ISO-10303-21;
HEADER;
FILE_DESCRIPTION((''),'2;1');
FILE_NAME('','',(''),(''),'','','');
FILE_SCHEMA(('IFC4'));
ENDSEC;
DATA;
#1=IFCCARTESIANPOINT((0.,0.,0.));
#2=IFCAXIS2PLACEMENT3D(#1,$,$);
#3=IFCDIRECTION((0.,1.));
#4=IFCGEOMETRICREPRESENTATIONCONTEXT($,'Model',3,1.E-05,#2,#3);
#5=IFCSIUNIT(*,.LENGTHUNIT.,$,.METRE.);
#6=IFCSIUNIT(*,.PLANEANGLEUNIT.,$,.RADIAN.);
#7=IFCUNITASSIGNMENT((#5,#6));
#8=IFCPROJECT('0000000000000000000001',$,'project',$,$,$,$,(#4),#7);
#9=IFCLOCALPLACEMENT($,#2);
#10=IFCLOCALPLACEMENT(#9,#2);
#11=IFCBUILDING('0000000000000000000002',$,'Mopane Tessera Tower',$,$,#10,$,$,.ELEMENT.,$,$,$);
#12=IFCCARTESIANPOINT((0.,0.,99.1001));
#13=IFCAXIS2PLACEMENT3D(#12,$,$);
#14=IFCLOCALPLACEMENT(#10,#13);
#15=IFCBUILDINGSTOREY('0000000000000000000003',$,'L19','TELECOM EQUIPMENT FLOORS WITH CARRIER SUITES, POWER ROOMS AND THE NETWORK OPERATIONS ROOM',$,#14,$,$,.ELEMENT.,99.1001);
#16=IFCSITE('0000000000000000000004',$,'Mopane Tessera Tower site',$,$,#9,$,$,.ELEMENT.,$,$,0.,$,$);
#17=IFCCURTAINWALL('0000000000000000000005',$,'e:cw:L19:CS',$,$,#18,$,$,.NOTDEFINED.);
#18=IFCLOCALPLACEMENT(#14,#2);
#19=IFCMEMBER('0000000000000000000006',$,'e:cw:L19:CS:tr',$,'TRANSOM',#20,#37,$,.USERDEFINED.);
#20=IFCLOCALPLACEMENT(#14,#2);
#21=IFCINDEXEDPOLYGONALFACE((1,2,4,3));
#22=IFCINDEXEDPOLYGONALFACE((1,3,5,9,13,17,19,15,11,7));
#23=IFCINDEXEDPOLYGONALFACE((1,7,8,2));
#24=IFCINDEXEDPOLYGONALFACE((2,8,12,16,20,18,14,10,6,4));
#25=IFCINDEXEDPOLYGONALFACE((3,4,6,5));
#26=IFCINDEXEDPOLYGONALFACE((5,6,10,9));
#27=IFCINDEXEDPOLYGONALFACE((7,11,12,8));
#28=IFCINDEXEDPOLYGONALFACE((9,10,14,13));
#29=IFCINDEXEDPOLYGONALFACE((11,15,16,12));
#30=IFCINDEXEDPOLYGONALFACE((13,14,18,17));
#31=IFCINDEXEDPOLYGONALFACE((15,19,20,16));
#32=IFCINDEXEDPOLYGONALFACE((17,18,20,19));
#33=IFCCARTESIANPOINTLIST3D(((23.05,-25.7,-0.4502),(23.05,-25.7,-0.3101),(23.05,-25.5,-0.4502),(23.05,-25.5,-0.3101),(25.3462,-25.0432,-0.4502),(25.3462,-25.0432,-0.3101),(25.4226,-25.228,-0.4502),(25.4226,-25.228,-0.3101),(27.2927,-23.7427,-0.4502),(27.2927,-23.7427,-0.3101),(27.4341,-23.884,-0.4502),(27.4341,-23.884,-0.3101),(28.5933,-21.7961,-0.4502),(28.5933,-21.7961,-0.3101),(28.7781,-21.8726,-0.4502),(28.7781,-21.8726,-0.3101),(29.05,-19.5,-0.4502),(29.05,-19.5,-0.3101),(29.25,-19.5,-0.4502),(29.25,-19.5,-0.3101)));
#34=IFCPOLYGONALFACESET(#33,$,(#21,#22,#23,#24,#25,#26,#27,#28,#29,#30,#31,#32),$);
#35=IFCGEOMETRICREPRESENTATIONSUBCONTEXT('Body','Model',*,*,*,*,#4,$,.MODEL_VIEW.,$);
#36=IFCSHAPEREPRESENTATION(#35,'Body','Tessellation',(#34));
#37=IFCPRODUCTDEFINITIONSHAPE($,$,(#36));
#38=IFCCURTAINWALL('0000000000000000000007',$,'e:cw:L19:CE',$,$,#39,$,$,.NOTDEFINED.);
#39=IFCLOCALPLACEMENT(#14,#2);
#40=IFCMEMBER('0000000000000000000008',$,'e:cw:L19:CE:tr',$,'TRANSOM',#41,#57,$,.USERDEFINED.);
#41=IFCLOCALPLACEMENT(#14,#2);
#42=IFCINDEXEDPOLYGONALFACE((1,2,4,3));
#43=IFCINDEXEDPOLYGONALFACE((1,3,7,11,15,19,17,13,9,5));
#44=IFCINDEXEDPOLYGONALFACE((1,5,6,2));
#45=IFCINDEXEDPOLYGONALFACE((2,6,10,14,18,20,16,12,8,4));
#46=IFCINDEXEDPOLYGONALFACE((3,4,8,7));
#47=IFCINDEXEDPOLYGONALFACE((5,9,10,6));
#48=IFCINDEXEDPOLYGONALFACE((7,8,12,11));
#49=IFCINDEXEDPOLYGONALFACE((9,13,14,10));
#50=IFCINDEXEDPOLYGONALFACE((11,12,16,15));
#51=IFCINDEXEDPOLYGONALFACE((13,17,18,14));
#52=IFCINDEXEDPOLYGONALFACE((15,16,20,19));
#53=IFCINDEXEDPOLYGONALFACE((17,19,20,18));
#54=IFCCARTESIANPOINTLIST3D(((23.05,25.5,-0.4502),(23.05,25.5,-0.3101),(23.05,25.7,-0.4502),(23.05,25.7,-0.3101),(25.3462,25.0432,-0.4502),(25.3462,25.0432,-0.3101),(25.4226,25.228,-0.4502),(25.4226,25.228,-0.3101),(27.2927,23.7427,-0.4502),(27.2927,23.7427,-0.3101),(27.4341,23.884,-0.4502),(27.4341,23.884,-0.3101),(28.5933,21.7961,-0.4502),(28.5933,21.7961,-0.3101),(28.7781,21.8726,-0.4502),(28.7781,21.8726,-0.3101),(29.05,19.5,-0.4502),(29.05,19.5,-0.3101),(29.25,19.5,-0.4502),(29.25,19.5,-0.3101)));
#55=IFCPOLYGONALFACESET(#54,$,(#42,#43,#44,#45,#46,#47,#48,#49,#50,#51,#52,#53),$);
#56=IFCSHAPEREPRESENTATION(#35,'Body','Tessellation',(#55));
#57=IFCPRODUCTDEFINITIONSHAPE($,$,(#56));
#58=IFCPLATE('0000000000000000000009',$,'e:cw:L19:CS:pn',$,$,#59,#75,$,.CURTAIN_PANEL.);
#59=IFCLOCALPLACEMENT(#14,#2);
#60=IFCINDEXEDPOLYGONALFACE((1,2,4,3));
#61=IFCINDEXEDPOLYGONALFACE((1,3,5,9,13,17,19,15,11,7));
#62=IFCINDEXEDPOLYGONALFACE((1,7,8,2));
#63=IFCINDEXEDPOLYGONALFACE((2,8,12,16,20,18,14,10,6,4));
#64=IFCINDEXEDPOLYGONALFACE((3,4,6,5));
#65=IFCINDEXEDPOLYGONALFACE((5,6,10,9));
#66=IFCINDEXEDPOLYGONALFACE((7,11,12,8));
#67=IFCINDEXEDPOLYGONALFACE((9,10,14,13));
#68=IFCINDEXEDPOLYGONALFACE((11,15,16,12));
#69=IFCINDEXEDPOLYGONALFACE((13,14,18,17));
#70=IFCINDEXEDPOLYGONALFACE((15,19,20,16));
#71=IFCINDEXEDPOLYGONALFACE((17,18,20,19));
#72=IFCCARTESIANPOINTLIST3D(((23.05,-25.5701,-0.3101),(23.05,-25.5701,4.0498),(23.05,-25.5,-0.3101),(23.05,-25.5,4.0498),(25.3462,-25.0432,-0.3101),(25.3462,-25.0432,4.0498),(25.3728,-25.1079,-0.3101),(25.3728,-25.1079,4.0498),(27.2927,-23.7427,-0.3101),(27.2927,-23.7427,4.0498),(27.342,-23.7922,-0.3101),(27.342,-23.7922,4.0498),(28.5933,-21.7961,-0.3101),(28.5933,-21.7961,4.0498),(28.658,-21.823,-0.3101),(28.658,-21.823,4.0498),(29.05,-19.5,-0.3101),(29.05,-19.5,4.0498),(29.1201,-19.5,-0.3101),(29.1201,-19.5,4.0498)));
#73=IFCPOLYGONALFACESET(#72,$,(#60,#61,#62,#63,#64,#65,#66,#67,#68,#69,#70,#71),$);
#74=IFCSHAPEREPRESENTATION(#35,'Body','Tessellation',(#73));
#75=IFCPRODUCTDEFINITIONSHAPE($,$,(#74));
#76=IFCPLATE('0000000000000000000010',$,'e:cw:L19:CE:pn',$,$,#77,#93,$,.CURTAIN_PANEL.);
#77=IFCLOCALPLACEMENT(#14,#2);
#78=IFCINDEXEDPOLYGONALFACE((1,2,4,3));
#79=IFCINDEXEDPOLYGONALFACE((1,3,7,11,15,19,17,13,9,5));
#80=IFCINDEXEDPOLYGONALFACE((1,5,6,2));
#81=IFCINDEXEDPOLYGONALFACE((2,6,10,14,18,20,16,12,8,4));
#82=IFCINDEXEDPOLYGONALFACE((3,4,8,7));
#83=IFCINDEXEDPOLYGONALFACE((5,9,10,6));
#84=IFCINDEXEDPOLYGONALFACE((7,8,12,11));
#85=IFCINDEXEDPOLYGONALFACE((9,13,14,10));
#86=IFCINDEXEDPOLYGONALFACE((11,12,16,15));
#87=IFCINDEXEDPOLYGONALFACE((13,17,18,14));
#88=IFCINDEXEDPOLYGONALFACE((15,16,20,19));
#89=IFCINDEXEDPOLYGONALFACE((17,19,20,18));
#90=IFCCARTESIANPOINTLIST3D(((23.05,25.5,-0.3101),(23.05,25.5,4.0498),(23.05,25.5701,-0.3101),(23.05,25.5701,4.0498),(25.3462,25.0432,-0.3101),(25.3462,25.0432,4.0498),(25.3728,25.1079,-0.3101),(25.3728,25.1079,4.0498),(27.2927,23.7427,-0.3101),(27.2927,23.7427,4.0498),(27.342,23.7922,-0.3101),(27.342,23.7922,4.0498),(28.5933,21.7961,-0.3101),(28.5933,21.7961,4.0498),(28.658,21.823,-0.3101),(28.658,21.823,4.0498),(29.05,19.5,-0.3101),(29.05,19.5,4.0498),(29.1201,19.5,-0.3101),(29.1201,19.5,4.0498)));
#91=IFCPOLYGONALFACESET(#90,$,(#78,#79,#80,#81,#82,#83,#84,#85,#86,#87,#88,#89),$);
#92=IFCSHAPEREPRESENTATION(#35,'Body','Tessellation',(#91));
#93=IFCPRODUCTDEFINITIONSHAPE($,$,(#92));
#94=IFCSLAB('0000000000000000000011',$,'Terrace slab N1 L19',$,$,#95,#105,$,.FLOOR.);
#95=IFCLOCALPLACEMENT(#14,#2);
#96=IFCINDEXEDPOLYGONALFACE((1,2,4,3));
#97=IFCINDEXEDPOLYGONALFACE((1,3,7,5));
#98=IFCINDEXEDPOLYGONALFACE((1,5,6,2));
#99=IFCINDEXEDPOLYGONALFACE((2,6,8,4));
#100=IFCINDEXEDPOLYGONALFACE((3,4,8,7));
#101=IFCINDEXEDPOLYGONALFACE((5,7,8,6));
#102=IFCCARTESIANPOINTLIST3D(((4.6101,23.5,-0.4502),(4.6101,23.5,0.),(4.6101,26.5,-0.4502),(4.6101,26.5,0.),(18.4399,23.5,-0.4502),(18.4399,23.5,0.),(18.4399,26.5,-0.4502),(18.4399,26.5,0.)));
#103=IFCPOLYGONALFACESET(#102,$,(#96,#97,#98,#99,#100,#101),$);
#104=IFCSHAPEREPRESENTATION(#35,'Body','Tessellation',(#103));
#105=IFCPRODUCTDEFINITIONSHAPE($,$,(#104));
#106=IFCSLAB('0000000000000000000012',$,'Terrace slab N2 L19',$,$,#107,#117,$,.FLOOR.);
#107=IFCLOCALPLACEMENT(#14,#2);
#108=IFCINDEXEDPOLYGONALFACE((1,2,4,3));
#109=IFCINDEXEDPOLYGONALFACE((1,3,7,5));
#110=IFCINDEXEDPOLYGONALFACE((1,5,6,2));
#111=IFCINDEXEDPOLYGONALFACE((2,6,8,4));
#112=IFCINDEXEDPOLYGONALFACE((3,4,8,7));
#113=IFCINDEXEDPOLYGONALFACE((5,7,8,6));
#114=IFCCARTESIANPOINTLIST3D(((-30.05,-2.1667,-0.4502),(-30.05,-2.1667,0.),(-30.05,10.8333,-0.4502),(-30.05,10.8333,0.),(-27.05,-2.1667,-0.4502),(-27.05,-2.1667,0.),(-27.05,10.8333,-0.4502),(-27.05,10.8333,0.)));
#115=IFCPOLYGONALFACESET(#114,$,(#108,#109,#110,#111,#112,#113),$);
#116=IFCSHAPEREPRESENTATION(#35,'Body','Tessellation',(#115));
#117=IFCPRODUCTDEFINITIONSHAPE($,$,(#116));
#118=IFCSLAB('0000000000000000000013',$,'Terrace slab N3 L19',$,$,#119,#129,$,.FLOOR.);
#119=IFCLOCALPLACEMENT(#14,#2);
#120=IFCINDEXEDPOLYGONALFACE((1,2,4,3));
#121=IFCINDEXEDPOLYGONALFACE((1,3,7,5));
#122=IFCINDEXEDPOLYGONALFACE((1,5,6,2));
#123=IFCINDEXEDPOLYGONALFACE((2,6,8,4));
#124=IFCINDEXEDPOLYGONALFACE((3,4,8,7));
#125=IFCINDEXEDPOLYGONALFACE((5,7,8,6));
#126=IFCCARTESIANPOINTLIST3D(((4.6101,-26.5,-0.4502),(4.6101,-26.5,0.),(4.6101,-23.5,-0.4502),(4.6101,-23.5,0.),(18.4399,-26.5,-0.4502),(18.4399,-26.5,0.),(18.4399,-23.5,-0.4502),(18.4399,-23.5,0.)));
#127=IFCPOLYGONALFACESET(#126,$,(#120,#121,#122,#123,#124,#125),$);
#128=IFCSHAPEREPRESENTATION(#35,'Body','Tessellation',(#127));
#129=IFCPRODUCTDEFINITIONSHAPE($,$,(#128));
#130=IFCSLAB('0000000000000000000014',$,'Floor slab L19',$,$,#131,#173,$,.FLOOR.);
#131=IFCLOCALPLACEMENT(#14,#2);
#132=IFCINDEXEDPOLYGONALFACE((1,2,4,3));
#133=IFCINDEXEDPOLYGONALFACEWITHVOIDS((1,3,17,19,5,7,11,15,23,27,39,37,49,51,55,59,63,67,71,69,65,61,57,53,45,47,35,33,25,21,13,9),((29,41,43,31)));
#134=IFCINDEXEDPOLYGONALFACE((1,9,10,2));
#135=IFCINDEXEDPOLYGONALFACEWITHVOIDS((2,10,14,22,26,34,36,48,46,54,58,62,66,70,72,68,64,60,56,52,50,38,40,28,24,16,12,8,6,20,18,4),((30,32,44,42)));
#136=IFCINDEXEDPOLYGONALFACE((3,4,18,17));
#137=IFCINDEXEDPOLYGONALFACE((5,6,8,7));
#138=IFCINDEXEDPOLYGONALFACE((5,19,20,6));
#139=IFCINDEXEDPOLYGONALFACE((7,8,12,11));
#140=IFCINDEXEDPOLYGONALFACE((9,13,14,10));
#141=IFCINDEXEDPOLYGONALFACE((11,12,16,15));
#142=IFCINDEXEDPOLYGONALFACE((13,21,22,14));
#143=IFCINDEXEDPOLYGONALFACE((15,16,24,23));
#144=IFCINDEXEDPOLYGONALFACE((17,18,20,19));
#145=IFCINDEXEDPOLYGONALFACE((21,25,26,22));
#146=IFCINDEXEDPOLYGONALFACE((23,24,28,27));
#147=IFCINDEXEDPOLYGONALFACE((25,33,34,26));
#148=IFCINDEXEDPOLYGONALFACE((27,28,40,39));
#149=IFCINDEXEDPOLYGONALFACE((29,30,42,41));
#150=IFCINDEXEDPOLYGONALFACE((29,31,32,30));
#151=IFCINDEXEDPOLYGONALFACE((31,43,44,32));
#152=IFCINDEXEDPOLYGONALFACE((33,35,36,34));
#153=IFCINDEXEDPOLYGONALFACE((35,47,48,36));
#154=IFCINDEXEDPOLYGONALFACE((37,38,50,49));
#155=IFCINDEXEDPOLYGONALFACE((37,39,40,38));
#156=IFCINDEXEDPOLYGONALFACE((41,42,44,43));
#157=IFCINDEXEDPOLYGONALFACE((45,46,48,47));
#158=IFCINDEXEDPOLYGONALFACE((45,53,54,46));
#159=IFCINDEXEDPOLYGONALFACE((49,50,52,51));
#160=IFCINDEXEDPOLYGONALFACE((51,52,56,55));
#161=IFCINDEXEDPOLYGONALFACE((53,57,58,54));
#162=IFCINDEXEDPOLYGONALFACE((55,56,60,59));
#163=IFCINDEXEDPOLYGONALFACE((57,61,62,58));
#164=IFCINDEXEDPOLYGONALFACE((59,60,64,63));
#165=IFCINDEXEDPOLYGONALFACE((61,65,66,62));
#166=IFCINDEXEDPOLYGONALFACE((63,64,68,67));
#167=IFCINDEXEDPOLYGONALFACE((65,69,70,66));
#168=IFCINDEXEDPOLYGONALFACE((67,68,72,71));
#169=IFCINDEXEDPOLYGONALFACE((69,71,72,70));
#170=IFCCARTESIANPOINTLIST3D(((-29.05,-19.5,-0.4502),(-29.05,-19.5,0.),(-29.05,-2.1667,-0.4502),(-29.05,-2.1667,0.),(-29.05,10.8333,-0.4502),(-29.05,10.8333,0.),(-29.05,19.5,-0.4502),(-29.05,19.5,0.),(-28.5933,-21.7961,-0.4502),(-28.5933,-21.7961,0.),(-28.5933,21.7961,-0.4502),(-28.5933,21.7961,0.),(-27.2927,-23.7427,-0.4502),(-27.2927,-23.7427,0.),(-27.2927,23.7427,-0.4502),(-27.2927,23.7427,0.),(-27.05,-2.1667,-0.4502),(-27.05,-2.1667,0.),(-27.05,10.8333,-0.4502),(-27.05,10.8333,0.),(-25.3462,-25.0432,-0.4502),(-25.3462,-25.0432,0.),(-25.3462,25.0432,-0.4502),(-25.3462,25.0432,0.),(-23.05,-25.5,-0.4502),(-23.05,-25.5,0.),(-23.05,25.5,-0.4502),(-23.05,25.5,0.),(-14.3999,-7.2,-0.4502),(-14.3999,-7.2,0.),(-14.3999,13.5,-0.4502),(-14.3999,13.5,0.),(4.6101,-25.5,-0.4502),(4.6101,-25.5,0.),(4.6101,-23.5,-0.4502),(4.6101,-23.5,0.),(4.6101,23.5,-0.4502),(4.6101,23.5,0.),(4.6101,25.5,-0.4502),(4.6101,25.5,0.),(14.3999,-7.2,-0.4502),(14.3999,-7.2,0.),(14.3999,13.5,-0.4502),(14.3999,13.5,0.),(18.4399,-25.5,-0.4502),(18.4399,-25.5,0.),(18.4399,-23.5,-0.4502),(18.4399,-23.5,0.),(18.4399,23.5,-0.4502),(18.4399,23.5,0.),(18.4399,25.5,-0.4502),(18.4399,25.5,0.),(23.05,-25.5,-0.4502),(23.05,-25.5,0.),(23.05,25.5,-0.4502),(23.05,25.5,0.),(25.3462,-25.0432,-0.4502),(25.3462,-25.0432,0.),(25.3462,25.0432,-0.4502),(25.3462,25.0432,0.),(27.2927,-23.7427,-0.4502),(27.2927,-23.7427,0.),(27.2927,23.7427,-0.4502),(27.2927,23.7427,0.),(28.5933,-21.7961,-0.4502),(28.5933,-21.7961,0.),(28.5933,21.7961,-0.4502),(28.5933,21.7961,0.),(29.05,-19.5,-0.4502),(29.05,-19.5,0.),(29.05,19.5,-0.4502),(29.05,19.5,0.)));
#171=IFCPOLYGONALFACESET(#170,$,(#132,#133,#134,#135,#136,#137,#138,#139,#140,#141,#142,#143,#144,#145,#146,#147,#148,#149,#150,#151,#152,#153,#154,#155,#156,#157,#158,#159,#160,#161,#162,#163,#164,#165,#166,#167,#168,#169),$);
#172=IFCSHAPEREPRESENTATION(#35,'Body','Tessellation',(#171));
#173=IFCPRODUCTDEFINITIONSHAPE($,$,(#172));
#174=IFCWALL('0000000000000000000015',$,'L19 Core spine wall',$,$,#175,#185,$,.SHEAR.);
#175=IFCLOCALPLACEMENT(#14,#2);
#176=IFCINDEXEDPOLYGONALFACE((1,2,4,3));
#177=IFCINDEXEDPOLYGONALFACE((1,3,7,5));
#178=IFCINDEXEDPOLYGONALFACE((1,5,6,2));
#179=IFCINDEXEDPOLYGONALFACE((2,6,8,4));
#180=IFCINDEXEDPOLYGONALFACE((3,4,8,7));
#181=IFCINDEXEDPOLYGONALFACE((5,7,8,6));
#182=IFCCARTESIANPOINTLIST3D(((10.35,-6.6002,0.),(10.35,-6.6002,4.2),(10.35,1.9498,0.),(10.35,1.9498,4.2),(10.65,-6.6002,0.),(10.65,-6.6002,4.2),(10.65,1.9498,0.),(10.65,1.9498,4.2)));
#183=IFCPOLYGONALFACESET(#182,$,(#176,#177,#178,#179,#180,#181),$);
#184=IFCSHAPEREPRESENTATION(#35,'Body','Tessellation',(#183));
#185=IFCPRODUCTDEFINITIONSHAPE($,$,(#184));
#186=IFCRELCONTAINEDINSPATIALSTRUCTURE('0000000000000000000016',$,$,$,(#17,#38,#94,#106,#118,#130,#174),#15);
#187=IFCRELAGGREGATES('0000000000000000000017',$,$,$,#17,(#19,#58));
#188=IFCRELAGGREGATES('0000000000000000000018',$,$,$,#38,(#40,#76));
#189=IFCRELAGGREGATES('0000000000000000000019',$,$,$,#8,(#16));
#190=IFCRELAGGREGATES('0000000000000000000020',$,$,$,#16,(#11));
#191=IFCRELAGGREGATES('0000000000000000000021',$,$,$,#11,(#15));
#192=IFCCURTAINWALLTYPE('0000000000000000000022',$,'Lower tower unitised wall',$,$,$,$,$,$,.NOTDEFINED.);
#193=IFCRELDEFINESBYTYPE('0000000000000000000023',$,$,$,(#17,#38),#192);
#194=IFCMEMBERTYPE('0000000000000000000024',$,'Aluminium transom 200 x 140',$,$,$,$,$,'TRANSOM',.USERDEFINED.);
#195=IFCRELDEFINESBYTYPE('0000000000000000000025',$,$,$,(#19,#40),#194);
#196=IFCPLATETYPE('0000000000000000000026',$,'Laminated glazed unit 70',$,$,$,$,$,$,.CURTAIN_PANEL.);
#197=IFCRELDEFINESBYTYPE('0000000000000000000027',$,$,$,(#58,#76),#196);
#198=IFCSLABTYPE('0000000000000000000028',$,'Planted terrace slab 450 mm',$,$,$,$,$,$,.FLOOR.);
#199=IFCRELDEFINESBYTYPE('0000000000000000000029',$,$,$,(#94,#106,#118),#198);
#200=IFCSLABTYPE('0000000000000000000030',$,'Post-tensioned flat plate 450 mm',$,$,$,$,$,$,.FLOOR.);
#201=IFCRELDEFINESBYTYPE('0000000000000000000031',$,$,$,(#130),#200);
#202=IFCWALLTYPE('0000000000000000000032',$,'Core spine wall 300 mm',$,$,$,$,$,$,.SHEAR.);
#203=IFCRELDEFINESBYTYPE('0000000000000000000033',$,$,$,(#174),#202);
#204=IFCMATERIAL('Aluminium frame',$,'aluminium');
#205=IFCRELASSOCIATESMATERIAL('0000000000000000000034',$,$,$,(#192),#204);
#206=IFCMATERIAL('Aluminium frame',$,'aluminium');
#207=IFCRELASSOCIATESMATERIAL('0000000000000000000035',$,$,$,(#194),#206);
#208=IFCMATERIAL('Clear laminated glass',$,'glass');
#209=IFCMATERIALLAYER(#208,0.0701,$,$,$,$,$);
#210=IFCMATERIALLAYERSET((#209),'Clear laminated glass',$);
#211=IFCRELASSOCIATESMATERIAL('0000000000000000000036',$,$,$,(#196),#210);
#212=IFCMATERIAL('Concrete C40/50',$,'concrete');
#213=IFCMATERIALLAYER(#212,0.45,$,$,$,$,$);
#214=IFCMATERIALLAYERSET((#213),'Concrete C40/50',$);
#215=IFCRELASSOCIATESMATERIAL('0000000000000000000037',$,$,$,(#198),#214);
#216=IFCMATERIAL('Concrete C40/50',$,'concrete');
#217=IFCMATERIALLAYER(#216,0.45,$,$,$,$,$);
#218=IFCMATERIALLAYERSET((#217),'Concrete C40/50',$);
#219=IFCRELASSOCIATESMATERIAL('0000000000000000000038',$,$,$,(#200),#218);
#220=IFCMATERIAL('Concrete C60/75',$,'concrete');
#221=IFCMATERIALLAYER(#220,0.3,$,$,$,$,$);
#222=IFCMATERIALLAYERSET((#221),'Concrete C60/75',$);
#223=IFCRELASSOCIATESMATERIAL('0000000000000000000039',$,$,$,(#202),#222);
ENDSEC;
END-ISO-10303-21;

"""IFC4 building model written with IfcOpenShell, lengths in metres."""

from ifc_helpers import new_model, si_unit, direction, frame, frame_2d, origin, origin_2d, place, context, subcontext, project, spatial, polyline, rectangle, outline, extrude, material, layer, layer_set, material_profile, profile_set, type_object, element, aggregate, save


model = new_model("IFC4")

# Units and contexts
model_context = context("Model", 3, precision=1e-05, world=origin(), true_north=direction((0.0, 1.0)))
body_context = subcontext(model_context, "Body", "Model", "MODEL_VIEW")
ifc_project = project(units=[si_unit("LENGTHUNIT", "METRE"), si_unit("PLANEANGLEUNIT", "RADIAN")], contexts=[model_context])

# Site, building, storey
site_placement = place(None, origin())
site = spatial("IfcSite", under=ifc_project, at=site_placement, Name="Mopane Tessera Tower site", CompositionType="ELEMENT", RefElevation=0.0)
building_placement = place(site_placement, origin())
building = spatial("IfcBuilding", under=site, at=building_placement, Name="Mopane Tessera Tower", CompositionType="ELEMENT")
storey_placement = place(building_placement, frame((0.0, 0.0, 99.1001)))
storey = spatial("IfcBuildingStorey", under=building, at=storey_placement, Name="L19", Description="TELECOM EQUIPMENT FLOORS WITH CARRIER SUITES, POWER ROOMS AND THE NETWORK OPERATIONS ROOM", CompositionType="ELEMENT", Elevation=99.1001)

# Curtain walls, members
ifc_material_1 = material(Name="Aluminium frame", Category="aluminium")
curtain_wall_type = type_object("IfcCurtainWallType", Name="Lower tower unitised wall", PredefinedType="NOTDEFINED", material=ifc_material_1)
curtain_wall_1_placement = place(storey_placement, origin())
curtain_wall_1 = element("IfcCurtainWall", 1, at=curtain_wall_1_placement, inside=storey, type_object=curtain_wall_type, Name="e:cw:L19:CS", PredefinedType="NOTDEFINED")
ifc_material_2 = material(Name="Aluminium frame", Category="aluminium")
ifc_material_profile = material_profile(ifc_material_2, rectangle(XDim=0.2, YDim=0.1399, at=origin_2d()))
ifc_profile_set = profile_set([ifc_material_profile], Name="Aluminium frame")
member_type = type_object("IfcMemberType", Name="Aluminium transom 200 x 140", ElementType="TRANSOM", PredefinedType="USERDEFINED", material=ifc_profile_set)
member_1_placement = place(storey_placement, frame((0.0, 0.0, -0.4502)))
member_1 = element("IfcMember", 2, at=member_1_placement, type_object=member_type, Name="e:cw:L19:CS:tr", ObjectType="TRANSOM", PredefinedType="USERDEFINED", context=body_context, shape_type="SweptSolid", body=[
    extrude(outline(polyline([(23.05, -25.5), (25.3462, -25.0432), (27.2927, -23.7427), (28.5933, -21.7961), (29.05, -19.5), (29.25, -19.5), (28.7781, -21.8726), (27.4341, -23.884), (25.4226, -25.228), (23.05, -25.7), (23.05, -25.5)])), origin(), (0.0, 0.0, 1.0), 0.1401),
])
curtain_wall_2_placement = place(storey_placement, origin())
curtain_wall_2 = element("IfcCurtainWall", 3, at=curtain_wall_2_placement, inside=storey, type_object=curtain_wall_type, Name="e:cw:L19:CE", PredefinedType="NOTDEFINED")
member_2_placement = place(storey_placement, frame((0.0, 0.0, -0.4502)))
member_2 = element("IfcMember", 4, at=member_2_placement, type_object=member_type, Name="e:cw:L19:CE:tr", ObjectType="TRANSOM", PredefinedType="USERDEFINED", context=body_context, shape_type="SweptSolid", body=[
    extrude(outline(polyline([(29.05, 19.5), (28.5933, 21.7961), (27.2927, 23.7427), (25.3462, 25.0432), (23.05, 25.5), (23.05, 25.7), (25.4226, 25.228), (27.4341, 23.884), (28.7781, 21.8726), (29.25, 19.5), (29.05, 19.5)])), origin(), (0.0, 0.0, 1.0), 0.1401),
])

# Plates
ifc_material_3 = material(Name="Clear laminated glass", Category="glass")
ifc_layer_1 = layer(ifc_material_3, 0.0701)
ifc_layer_set_1 = layer_set([ifc_layer_1], Name="Clear laminated glass")
plate_type = type_object("IfcPlateType", Name="Laminated glazed unit 70", PredefinedType="CURTAIN_PANEL", material=ifc_layer_set_1)
plate_1_placement = place(storey_placement, frame((0.0, 0.0, -0.3101)))
plate_1 = element("IfcPlate", 5, at=plate_1_placement, type_object=plate_type, Name="e:cw:L19:CS:pn", PredefinedType="CURTAIN_PANEL", context=body_context, shape_type="SweptSolid", body=[
    extrude(outline(polyline([(23.05, -25.5), (25.3462, -25.0432), (27.2927, -23.7427), (28.5933, -21.7961), (29.05, -19.5), (29.1201, -19.5), (28.658, -21.823), (27.342, -23.7922), (25.3728, -25.1079), (23.05, -25.5701), (23.05, -25.5)])), origin(), (0.0, 0.0, 1.0), 4.3599),
])
aggregate(curtain_wall_1, [member_1, plate_1])
plate_2_placement = place(storey_placement, frame((0.0, 0.0, -0.3101)))
plate_2 = element("IfcPlate", 6, at=plate_2_placement, type_object=plate_type, Name="e:cw:L19:CE:pn", PredefinedType="CURTAIN_PANEL", context=body_context, shape_type="SweptSolid", body=[
    extrude(outline(polyline([(29.05, 19.5), (28.5933, 21.7961), (27.2927, 23.7427), (25.3462, 25.0432), (23.05, 25.5), (23.05, 25.5701), (25.3728, 25.1079), (27.342, 23.7922), (28.658, 21.823), (29.1201, 19.5), (29.05, 19.5)])), origin(), (0.0, 0.0, 1.0), 4.3599),
])
aggregate(curtain_wall_2, [member_2, plate_2])

# Slabs
ifc_material_4 = material(Name="Concrete C40/50", Category="concrete")
ifc_layer_2 = layer(ifc_material_4, 0.45)
ifc_layer_set_2 = layer_set([ifc_layer_2], Name="Concrete C40/50")
slab_type_1 = type_object("IfcSlabType", Name="Planted terrace slab 450 mm", PredefinedType="FLOOR", material=ifc_layer_set_2)
slab_1_placement = place(storey_placement, frame((0.0, 0.0, -0.4502)))
element("IfcSlab", 7, at=slab_1_placement, inside=storey, type_object=slab_type_1, Name="Terrace slab N1 L19", PredefinedType="FLOOR", context=body_context, shape_type="SweptSolid", body=[
    extrude(outline(polyline([(4.6101, 26.5), (4.6101, 23.5), (18.4399, 23.5), (18.4399, 26.5), (4.6101, 26.5)])), origin(), (0.0, 0.0, 1.0), 0.4502),
])
slab_2_placement = place(storey_placement, frame((0.0, 0.0, -0.4502)))
element("IfcSlab", 8, at=slab_2_placement, inside=storey, type_object=slab_type_1, Name="Terrace slab N2 L19", PredefinedType="FLOOR", context=body_context, shape_type="SweptSolid", body=[
    extrude(outline(polyline([(-30.05, -2.1667), (-27.05, -2.1667), (-27.05, 10.8333), (-30.05, 10.8333), (-30.05, -2.1667)])), origin(), (0.0, 0.0, 1.0), 0.4502),
])
slab_3_placement = place(storey_placement, frame((0.0, 0.0, -0.4502)))
element("IfcSlab", 9, at=slab_3_placement, inside=storey, type_object=slab_type_1, Name="Terrace slab N3 L19", PredefinedType="FLOOR", context=body_context, shape_type="SweptSolid", body=[
    extrude(outline(polyline([(18.4399, -26.5), (18.4399, -23.5), (4.6101, -23.5), (4.6101, -26.5), (18.4399, -26.5)])), origin(), (0.0, 0.0, 1.0), 0.4502),
])
ifc_material_5 = material(Name="Concrete C40/50", Category="concrete")
ifc_layer_3 = layer(ifc_material_5, 0.45)
ifc_layer_set_3 = layer_set([ifc_layer_3], Name="Concrete C40/50")
slab_type_2 = type_object("IfcSlabType", Name="Post-tensioned flat plate 450 mm", PredefinedType="FLOOR", material=ifc_layer_set_3)
slab_4_placement = place(storey_placement, frame((0.0, 0.0, -0.4502)))
element("IfcSlab", 10, at=slab_4_placement, inside=storey, type_object=slab_type_2, Name="Floor slab L19", PredefinedType="FLOOR", context=body_context, shape_type="SweptSolid", body=[
    extrude(outline(polyline([(-23.05, -25.5), (4.6101, -25.5), (4.6101, -23.5), (18.4399, -23.5), (18.4399, -25.5), (23.05, -25.5), (25.3462, -25.0432), (27.2927, -23.7427), (28.5933, -21.7961), (29.05, -19.5), (29.05, 19.5), (28.5933, 21.7961), (27.2927, 23.7427), (25.3462, 25.0432), (23.05, 25.5), (18.4399, 25.5), (18.4399, 23.5), (4.6101, 23.5), (4.6101, 25.5), (-23.05, 25.5), (-25.3462, 25.0432), (-27.2927, 23.7427), (-28.5933, 21.7961), (-29.05, 19.5), (-29.05, 10.8333), (-27.05, 10.8333), (-27.05, -2.1667), (-29.05, -2.1667), (-29.05, -19.5), (-28.5933, -21.7961), (-27.2927, -23.7427), (-25.3462, -25.0432), (-23.05, -25.5)]), holes=[polyline([(14.3999, -7.2), (-14.3999, -7.2), (-14.3999, 13.5), (14.3999, 13.5), (14.3999, -7.2)])]), origin(), (0.0, 0.0, 1.0), 0.4502),
])

# Wall
ifc_material_6 = material(Name="Concrete C60/75", Category="concrete")
ifc_layer_4 = layer(ifc_material_6, 0.3)
ifc_layer_set_4 = layer_set([ifc_layer_4], Name="Concrete C60/75")
wall_type_1 = type_object("IfcWallType", Name="Core spine wall 300 mm", PredefinedType="SHEAR", material=ifc_layer_set_4)
wall_1_placement = place(storey_placement, frame((10.5, -6.6001, 0.0), z_axis=(0.0, 0.0, 1.0), x_axis=(0.0, 1.0, 0.0)))
element("IfcWall", 11, at=wall_1_placement, inside=storey, type_object=wall_type_1, Name="L19 Core spine wall", PredefinedType="SHEAR", context=body_context, shape_type="SweptSolid", body=[
    extrude(rectangle(XDim=8.55, YDim=0.3, at=frame_2d((4.2749, 0.0))), origin(), (0.0, 0.0, 1.0), 4.2),
])

save(model, "model.ifc")
